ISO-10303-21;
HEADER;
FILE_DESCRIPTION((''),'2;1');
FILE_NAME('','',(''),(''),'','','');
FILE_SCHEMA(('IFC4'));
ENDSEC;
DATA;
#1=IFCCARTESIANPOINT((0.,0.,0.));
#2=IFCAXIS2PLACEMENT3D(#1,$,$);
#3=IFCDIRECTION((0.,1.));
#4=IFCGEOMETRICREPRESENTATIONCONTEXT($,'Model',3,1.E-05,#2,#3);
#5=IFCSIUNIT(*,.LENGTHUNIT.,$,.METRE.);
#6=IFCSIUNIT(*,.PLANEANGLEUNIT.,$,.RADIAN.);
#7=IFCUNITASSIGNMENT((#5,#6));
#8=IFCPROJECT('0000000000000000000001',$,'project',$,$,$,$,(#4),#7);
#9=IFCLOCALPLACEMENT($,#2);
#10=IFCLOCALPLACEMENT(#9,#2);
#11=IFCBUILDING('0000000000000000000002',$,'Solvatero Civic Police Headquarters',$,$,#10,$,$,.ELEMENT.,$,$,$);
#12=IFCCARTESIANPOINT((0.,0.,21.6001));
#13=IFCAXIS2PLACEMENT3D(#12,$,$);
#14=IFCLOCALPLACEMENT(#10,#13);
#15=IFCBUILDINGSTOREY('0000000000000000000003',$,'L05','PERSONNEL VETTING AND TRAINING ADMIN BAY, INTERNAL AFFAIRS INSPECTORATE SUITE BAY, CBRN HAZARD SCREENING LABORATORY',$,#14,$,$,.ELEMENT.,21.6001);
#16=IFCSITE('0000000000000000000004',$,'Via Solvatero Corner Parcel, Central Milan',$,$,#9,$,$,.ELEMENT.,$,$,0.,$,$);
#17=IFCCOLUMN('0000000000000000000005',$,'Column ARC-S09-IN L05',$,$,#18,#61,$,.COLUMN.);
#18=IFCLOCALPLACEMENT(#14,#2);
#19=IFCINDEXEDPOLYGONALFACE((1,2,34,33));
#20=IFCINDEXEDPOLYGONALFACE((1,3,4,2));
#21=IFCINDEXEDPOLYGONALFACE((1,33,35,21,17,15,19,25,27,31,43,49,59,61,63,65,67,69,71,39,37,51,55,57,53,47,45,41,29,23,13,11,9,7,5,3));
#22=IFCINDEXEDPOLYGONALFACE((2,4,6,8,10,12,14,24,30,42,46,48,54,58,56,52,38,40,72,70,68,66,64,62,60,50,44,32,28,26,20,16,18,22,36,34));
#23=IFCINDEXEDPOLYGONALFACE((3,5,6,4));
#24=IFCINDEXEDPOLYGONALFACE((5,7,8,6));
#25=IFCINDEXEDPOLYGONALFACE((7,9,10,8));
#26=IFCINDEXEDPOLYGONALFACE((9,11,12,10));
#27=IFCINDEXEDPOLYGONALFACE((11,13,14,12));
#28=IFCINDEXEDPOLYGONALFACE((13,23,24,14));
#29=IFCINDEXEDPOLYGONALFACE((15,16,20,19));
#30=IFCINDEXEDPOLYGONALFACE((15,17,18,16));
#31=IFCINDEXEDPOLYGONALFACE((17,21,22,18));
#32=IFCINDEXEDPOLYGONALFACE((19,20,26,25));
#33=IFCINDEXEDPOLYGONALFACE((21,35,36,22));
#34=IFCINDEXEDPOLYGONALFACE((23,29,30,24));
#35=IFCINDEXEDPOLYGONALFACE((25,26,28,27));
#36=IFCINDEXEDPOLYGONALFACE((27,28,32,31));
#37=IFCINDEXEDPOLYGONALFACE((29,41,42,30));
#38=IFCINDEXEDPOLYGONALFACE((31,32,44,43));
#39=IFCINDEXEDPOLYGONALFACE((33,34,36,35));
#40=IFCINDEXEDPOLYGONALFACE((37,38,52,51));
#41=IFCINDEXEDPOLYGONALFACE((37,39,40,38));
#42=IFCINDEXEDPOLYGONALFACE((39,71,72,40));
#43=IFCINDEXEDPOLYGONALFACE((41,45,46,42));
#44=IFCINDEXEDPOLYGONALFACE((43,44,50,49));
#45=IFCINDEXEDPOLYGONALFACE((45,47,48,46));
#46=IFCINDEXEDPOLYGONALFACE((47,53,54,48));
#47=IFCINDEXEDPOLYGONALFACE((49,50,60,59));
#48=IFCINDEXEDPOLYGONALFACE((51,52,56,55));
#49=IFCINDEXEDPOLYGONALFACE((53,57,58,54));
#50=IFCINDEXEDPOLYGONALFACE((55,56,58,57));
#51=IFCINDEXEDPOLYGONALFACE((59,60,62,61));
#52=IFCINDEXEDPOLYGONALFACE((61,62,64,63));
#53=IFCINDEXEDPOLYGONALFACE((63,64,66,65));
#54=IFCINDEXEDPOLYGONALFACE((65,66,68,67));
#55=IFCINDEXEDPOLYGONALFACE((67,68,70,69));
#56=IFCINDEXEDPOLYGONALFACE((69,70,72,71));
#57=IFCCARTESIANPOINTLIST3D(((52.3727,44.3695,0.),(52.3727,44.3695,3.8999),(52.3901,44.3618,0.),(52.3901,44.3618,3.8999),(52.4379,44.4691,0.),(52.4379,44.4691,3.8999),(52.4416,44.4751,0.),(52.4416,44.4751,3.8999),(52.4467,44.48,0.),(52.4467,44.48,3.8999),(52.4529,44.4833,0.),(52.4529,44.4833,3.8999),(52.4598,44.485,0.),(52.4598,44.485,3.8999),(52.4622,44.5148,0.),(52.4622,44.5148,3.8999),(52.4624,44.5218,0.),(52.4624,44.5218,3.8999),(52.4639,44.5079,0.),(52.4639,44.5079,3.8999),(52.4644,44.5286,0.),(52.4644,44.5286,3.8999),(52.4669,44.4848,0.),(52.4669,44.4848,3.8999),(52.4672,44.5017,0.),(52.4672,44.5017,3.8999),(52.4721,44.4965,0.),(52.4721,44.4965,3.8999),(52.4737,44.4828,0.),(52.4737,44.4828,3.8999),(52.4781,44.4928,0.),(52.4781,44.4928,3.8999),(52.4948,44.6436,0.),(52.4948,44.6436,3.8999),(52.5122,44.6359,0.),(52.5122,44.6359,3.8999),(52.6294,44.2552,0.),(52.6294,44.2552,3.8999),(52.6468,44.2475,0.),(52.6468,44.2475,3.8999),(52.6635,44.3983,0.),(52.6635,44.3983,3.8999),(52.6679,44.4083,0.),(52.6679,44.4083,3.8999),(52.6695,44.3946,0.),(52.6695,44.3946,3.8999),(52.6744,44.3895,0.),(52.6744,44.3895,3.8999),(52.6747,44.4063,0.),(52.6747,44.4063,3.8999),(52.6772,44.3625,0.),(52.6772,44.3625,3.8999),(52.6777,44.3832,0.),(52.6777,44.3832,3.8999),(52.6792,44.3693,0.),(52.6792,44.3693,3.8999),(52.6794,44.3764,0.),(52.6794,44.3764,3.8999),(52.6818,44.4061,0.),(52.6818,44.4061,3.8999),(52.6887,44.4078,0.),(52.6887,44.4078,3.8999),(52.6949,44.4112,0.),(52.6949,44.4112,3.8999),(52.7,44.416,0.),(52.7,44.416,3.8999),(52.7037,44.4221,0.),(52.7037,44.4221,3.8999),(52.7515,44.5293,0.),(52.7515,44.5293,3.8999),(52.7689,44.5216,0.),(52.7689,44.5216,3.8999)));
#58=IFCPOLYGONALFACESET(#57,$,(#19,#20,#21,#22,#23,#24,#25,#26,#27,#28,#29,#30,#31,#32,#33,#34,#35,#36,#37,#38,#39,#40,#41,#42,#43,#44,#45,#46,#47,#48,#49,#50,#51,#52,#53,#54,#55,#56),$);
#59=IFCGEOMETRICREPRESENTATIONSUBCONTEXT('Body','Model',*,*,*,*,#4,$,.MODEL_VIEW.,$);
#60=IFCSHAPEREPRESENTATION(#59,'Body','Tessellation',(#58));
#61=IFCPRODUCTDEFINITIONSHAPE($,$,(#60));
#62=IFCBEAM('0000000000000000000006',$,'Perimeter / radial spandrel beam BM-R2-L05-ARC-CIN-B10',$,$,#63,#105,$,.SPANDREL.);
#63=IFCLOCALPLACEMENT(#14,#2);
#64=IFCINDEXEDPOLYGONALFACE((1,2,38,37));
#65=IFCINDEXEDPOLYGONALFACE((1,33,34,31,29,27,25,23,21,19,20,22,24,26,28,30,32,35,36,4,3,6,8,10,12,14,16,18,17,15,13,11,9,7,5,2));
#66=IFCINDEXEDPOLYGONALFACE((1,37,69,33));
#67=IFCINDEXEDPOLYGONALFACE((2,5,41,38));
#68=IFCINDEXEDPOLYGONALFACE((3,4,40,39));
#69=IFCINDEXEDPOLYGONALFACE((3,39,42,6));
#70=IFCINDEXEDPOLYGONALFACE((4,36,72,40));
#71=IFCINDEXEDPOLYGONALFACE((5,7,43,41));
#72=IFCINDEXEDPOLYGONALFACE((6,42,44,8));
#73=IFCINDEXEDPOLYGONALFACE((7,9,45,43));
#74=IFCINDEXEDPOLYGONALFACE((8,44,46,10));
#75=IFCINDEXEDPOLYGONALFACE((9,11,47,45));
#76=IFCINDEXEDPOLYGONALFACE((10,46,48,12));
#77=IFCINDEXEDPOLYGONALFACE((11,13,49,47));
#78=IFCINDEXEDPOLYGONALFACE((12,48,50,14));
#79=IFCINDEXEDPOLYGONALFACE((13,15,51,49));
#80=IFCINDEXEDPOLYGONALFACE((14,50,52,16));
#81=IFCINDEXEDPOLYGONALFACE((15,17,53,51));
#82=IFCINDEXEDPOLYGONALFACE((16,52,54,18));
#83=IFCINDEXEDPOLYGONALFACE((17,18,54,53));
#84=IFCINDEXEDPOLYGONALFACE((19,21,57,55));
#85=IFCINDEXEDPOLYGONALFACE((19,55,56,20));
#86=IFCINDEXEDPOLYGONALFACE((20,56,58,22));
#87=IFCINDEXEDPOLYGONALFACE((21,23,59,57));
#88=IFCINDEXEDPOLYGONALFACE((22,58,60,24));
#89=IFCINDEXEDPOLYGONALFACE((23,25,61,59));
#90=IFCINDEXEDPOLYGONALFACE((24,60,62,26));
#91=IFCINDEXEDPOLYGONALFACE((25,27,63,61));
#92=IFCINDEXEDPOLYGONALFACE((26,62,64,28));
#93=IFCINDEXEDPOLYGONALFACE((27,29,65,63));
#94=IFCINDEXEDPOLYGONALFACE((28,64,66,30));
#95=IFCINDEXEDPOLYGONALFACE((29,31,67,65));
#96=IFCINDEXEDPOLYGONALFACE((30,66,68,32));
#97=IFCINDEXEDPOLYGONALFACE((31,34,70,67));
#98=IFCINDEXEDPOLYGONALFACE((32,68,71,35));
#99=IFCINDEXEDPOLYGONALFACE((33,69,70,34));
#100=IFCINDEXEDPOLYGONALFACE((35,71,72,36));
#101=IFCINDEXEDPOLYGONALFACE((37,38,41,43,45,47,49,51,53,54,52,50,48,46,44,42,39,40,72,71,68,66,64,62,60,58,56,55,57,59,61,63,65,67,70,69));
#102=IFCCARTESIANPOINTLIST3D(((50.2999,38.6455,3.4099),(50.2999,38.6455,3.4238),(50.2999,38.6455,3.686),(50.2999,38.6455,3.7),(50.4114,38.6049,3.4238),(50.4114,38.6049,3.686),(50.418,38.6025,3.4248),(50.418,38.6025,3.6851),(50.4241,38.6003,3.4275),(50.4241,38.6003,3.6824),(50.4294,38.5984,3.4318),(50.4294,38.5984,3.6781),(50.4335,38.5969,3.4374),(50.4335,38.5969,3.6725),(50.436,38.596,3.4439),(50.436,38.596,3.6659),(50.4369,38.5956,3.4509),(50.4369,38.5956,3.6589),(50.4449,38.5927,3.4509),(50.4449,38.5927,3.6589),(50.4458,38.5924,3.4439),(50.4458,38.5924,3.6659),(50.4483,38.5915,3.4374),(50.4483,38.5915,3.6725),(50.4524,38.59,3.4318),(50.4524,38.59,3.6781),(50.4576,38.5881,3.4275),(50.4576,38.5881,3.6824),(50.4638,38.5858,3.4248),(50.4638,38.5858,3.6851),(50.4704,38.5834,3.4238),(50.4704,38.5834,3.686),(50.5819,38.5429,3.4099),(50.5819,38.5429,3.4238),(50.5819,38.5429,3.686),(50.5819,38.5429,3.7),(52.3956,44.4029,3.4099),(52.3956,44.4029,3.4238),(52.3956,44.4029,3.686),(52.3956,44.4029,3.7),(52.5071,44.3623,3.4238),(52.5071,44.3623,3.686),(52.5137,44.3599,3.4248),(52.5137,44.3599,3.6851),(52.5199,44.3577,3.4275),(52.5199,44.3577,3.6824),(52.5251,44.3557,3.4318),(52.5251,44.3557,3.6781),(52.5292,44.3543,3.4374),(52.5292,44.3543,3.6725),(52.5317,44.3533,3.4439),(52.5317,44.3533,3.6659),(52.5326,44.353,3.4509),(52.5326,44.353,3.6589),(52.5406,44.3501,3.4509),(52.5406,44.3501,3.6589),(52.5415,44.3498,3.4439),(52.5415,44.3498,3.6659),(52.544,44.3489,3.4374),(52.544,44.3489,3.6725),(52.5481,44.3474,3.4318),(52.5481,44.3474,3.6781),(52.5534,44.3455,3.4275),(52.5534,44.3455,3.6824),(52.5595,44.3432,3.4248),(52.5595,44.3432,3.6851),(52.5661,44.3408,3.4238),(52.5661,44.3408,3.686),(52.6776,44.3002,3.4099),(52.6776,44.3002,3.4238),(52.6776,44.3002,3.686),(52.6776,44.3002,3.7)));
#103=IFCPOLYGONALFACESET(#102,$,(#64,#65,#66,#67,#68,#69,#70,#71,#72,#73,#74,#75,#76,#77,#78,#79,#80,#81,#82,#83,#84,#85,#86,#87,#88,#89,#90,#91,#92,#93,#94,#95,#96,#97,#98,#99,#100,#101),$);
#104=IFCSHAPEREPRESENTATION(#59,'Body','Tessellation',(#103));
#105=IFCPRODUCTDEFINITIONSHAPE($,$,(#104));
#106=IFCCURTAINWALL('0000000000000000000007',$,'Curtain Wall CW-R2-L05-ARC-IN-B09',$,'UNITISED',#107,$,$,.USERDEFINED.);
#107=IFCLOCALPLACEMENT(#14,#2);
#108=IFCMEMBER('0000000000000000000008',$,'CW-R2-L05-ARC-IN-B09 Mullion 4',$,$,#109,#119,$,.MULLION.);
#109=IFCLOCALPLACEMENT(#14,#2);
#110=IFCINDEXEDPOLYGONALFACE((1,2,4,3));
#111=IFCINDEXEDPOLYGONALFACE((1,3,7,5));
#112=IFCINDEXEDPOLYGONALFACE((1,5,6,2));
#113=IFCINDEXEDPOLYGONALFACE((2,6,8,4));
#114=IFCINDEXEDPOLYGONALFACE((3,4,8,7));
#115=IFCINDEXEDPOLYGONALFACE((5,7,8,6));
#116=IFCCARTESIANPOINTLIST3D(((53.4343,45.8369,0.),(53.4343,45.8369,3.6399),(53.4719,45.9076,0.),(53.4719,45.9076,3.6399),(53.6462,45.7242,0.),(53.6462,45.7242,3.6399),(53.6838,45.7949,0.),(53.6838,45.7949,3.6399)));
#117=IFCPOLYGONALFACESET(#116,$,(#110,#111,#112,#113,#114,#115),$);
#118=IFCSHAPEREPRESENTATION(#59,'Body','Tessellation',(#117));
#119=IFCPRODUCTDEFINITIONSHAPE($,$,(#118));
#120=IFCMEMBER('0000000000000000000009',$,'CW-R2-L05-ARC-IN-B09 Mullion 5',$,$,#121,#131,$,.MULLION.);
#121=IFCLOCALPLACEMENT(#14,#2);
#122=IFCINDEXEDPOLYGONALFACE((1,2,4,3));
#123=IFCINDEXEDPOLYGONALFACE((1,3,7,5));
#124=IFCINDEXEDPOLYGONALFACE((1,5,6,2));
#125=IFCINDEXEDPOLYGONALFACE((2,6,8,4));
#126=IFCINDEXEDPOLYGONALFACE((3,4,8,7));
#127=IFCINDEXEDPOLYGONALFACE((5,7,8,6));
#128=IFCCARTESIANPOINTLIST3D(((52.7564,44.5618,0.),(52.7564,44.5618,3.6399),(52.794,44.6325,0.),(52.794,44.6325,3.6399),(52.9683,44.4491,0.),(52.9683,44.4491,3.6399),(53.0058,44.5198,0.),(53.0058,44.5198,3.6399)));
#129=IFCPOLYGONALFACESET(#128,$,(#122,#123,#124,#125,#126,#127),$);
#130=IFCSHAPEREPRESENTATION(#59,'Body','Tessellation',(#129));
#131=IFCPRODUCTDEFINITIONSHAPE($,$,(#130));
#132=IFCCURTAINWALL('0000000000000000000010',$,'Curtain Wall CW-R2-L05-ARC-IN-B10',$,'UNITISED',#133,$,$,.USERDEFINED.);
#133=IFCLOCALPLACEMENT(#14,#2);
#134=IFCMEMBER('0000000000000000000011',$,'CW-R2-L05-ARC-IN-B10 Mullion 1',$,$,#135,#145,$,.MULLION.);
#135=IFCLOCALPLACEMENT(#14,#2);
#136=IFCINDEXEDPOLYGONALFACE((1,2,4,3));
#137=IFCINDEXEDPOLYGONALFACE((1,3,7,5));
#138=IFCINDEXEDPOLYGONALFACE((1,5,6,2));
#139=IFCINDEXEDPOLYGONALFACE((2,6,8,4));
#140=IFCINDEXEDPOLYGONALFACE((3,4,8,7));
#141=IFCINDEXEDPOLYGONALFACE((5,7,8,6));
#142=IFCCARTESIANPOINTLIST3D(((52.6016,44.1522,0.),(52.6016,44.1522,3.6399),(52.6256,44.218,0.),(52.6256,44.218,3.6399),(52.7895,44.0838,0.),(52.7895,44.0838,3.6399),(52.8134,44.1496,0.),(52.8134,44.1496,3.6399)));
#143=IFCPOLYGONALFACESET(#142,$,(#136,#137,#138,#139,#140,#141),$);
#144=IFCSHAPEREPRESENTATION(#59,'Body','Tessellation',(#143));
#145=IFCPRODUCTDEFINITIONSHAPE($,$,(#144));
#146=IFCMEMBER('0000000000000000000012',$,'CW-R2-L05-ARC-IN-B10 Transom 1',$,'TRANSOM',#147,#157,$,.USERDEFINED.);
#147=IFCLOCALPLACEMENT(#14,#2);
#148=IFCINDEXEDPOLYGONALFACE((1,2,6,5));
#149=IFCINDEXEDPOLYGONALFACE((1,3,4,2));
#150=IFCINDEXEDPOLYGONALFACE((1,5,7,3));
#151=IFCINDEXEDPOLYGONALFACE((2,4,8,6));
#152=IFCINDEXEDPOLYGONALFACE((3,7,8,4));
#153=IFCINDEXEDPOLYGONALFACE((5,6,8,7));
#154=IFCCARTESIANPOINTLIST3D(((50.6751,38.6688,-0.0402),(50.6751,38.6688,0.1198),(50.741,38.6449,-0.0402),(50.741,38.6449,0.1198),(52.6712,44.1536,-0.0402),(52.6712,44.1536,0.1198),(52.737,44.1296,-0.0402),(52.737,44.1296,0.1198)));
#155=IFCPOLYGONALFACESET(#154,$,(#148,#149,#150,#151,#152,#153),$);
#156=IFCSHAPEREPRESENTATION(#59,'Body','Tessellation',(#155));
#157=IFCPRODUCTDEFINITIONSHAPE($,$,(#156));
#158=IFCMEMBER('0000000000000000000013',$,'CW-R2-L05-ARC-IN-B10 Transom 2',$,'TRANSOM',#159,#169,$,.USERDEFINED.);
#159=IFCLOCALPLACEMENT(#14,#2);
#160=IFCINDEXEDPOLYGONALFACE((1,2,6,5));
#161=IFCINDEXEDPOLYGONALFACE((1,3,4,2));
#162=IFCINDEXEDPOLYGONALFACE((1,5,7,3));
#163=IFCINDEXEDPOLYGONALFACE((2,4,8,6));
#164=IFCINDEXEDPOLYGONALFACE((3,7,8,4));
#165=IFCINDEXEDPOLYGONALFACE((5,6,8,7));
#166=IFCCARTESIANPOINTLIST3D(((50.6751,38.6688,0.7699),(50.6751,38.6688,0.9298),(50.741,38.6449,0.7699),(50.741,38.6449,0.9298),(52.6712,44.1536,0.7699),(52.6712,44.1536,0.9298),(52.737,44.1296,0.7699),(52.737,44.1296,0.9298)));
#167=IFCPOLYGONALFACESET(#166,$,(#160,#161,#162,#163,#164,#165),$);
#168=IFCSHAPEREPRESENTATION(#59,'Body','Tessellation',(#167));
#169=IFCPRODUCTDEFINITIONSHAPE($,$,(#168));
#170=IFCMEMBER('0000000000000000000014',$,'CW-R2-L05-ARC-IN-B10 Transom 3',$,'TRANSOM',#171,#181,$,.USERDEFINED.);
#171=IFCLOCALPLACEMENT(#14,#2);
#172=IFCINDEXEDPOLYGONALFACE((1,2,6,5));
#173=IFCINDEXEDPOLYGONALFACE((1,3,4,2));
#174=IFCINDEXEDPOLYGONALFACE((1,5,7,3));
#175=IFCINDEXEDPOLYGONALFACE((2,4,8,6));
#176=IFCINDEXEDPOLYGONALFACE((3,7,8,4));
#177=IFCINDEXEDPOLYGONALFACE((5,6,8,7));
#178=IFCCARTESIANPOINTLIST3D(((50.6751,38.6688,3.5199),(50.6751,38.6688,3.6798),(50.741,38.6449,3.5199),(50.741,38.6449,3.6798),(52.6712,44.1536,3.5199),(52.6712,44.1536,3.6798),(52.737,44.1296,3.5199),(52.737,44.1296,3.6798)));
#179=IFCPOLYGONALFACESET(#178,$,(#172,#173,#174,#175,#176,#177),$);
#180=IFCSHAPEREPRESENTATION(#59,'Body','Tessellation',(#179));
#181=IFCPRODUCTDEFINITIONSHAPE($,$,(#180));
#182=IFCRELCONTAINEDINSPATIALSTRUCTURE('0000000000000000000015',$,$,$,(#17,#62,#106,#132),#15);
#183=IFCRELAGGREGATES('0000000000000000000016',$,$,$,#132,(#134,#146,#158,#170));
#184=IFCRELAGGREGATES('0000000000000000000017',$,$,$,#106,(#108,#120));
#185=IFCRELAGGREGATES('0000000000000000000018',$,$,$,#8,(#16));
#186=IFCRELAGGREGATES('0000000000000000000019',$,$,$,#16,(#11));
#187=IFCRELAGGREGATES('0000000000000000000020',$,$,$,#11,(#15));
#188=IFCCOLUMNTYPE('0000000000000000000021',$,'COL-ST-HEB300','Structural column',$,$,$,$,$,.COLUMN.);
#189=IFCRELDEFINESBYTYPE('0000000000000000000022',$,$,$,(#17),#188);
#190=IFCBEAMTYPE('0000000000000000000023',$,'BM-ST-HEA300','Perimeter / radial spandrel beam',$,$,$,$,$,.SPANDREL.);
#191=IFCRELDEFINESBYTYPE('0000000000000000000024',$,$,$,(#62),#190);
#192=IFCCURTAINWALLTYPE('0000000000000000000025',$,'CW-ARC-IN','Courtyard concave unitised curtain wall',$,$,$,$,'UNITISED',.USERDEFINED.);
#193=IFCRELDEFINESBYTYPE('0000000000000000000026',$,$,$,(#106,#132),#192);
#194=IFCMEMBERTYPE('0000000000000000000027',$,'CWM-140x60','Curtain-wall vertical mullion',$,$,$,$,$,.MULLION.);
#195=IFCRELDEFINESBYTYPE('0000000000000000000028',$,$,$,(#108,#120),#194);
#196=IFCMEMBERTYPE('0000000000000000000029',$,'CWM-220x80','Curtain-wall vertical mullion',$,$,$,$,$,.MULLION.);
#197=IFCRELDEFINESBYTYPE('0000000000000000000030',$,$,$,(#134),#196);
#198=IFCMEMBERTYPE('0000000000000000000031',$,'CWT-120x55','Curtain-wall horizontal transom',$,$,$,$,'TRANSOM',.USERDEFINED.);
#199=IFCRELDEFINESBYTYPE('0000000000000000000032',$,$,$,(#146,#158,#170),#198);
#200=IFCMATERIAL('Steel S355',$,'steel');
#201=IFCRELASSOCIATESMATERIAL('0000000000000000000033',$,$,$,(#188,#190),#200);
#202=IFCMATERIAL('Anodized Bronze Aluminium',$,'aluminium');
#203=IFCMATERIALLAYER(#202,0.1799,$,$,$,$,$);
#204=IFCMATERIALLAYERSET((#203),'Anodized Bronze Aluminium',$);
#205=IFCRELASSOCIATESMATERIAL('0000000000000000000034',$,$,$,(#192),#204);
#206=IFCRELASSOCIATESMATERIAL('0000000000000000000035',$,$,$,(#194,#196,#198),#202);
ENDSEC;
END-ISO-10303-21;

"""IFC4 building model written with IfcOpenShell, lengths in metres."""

from ifc_helpers import new_model, si_unit, direction, frame, origin, origin_2d, place, context, subcontext, project, spatial, rectangle, i_section, extrude, material, layer, layer_set, material_profile, profile_set, type_object, element, aggregate, save


model = new_model("IFC4")

# Units and contexts
model_context = context("Model", 3, precision=1e-05, world=origin(), true_north=direction((0.0, 1.0)))
body_context = subcontext(model_context, "Body", "Model", "MODEL_VIEW")
ifc_project = project(units=[si_unit("LENGTHUNIT", "METRE"), si_unit("PLANEANGLEUNIT", "RADIAN")], contexts=[model_context])

# Site, building, storey
site_placement = place(None, origin())
site = spatial("IfcSite", under=ifc_project, at=site_placement, Name="Via Solvatero Corner Parcel, Central Milan", CompositionType="ELEMENT", RefElevation=0.0)
building_placement = place(site_placement, origin())
building = spatial("IfcBuilding", under=site, at=building_placement, Name="Solvatero Civic Police Headquarters", CompositionType="ELEMENT")
storey_placement = place(building_placement, frame((0.0, 0.0, 21.6001)))
storey = spatial("IfcBuildingStorey", under=building, at=storey_placement, Name="L05", Description="PERSONNEL VETTING AND TRAINING ADMIN BAY, INTERNAL AFFAIRS INSPECTORATE SUITE BAY, CBRN HAZARD SCREENING LABORATORY", CompositionType="ELEMENT", Elevation=21.6001)

# Column
ifc_material_1 = material(Name="Steel S355", Category="steel")
ifc_material_profile_1 = material_profile(ifc_material_1, i_section(OverallWidth=0.3, OverallDepth=0.3, WebThickness=0.011, FlangeThickness=0.019, FilletRadius=0.0271, at=origin_2d()), Name="HEB 300")
ifc_profile_set_1 = profile_set([ifc_material_profile_1], Name="Steel S355")
column_type = type_object("IfcColumnType", Name="COL-ST-HEB300", Description="Structural column", PredefinedType="COLUMN", material=ifc_profile_set_1)
column_placement = place(storey_placement, frame((52.5708, 44.4456, 0.0), z_axis=(0.0, 0.0, 1.0), x_axis=(0.406737, 0.913545, 0.0)))
element("IfcColumn", 1, at=column_placement, inside=storey, type_object=column_type, Name="Column ARC-S09-IN L05", PredefinedType="COLUMN", context=body_context, shape_type="SweptSolid", body=[
    extrude(i_section(OverallWidth=0.3, OverallDepth=0.3, WebThickness=0.011, FlangeThickness=0.019, FilletRadius=0.0271, at=origin_2d()), origin(), (0.0, 0.0, 1.0), 3.8999),
])

# Beam
ifc_material_profile_2 = material_profile(ifc_material_1, i_section(OverallWidth=0.3, OverallDepth=0.29, WebThickness=0.0085, FlangeThickness=0.0139, FilletRadius=0.0271, at=origin_2d()), Name="HEA 300")
ifc_profile_set_2 = profile_set([ifc_material_profile_2], Name="Steel S355")
beam_type = type_object("IfcBeamType", Name="BM-ST-HEA300", Description="Perimeter / radial spandrel beam", PredefinedType="SPANDREL", material=ifc_profile_set_2)
beam_placement = place(storey_placement, frame((52.5366, 44.3516, 3.5549), z_axis=(-0.34205, -0.939682, 0.0), x_axis=(0.939682, -0.34205, 0.0)))
element("IfcBeam", 2, at=beam_placement, inside=storey, type_object=beam_type, Name="Perimeter / radial spandrel beam BM-R2-L05-ARC-CIN-B10", PredefinedType="SPANDREL", context=body_context, shape_type="SweptSolid", body=[
    extrude(i_section(OverallWidth=0.3, OverallDepth=0.29, WebThickness=0.0085, FlangeThickness=0.0139, FilletRadius=0.0271, at=origin_2d()), origin(), (0.0, 0.0, 1.0), 6.127),
])

# Curtain walls, members
ifc_material_2 = material(Name="Anodized Bronze Aluminium", Category="aluminium")
ifc_layer_1 = layer(ifc_material_2, 0.1799)
ifc_layer_set_1 = layer_set([ifc_layer_1], Name="Anodized Bronze Aluminium")
curtain_wall_type = type_object("IfcCurtainWallType", Name="CW-ARC-IN", Description="Courtyard concave unitised curtain wall", ElementType="UNITISED", PredefinedType="USERDEFINED", material=ifc_layer_set_1)
curtain_wall_1_placement = place(storey_placement, origin())
curtain_wall_1 = element("IfcCurtainWall", 3, at=curtain_wall_1_placement, inside=storey, type_object=curtain_wall_type, Name="Curtain Wall CW-R2-L05-ARC-IN-B09", ObjectType="UNITISED", PredefinedType="USERDEFINED")
ifc_material_profile_3 = material_profile(ifc_material_2, rectangle(XDim=0.0801, YDim=0.24, at=origin_2d()), Name="ALU MULLION 80x240")
ifc_profile_set_3 = profile_set([ifc_material_profile_3], Name="Anodized Bronze Aluminium")
member_type_1 = type_object("IfcMemberType", Name="CWM-140x60", Description="Curtain-wall vertical mullion", PredefinedType="MULLION", material=ifc_profile_set_3)
member_1_placement = place(storey_placement, frame((53.5591, 45.8159, 0.0), z_axis=(0.0, 0.0, 1.0), x_axis=(-0.469487, -0.882939, 0.0)))
member_1 = element("IfcMember", 4, at=member_1_placement, type_object=member_type_1, Name="CW-R2-L05-ARC-IN-B09 Mullion 4", PredefinedType="MULLION", context=body_context, shape_type="SweptSolid", body=[
    extrude(rectangle(XDim=0.0801, YDim=0.24, at=origin_2d()), origin(), (0.0, 0.0, 1.0), 3.6399),
])
member_2_placement = place(storey_placement, frame((52.8811, 44.5408, 0.0), z_axis=(0.0, 0.0, 1.0), x_axis=(-0.469487, -0.882939, 0.0)))
member_2 = element("IfcMember", 5, at=member_2_placement, type_object=member_type_1, Name="CW-R2-L05-ARC-IN-B09 Mullion 5", PredefinedType="MULLION", context=body_context, shape_type="SweptSolid", body=[
    extrude(rectangle(XDim=0.0801, YDim=0.24, at=origin_2d()), origin(), (0.0, 0.0, 1.0), 3.6399),
])
curtain_wall_2_placement = place(storey_placement, origin())
curtain_wall_2 = element("IfcCurtainWall", 6, at=curtain_wall_2_placement, inside=storey, type_object=curtain_wall_type, Name="Curtain Wall CW-R2-L05-ARC-IN-B10", ObjectType="UNITISED", PredefinedType="USERDEFINED")
ifc_material_profile_4 = material_profile(ifc_material_2, rectangle(XDim=0.0701, YDim=0.2, at=origin_2d()), Name="ALU MULLION 70x200")
ifc_profile_set_4 = profile_set([ifc_material_profile_4], Name="Anodized Bronze Aluminium")
member_type_2 = type_object("IfcMemberType", Name="CWM-220x80", Description="Curtain-wall vertical mullion", PredefinedType="MULLION", material=ifc_profile_set_4)
member_3_placement = place(storey_placement, frame((52.7075, 44.1509, 0.0), z_axis=(0.0, 0.0, 1.0), x_axis=(-0.34202, -0.939693, 0.0)))
member_3 = element("IfcMember", 7, at=member_3_placement, type_object=member_type_2, Name="CW-R2-L05-ARC-IN-B10 Mullion 1", PredefinedType="MULLION", context=body_context, shape_type="SweptSolid", body=[
    extrude(rectangle(XDim=0.0701, YDim=0.2, at=origin_2d()), origin(), (0.0, 0.0, 1.0), 3.6399),
])
ifc_material_profile_5 = material_profile(ifc_material_2, rectangle(XDim=0.0701, YDim=0.1599, at=origin_2d()), Name="ALU TRANSOM 70x160")
ifc_profile_set_5 = profile_set([ifc_material_profile_5], Name="Anodized Bronze Aluminium")
member_type_3 = type_object("IfcMemberType", Name="CWT-120x55", Description="Curtain-wall horizontal transom", ElementType="TRANSOM", PredefinedType="USERDEFINED", material=ifc_profile_set_5)
member_4_placement = place(storey_placement, frame((52.7041, 44.1416, 0.0398), z_axis=(-0.341985, -0.939705, 0.0), x_axis=(0.939705, -0.341985, 0.0)))
member_4 = element("IfcMember", 8, at=member_4_placement, type_object=member_type_3, Name="CW-R2-L05-ARC-IN-B10 Transom 1", ObjectType="TRANSOM", PredefinedType="USERDEFINED", context=body_context, shape_type="SweptSolid", body=[
    extrude(rectangle(XDim=0.0701, YDim=0.1599, at=origin_2d()), origin(), (0.0, 0.0, 1.0), 5.8367),
])
member_5_placement = place(storey_placement, frame((52.7041, 44.1416, 0.8499), z_axis=(-0.341985, -0.939705, 0.0), x_axis=(0.939705, -0.341985, 0.0)))
member_5 = element("IfcMember", 9, at=member_5_placement, type_object=member_type_3, Name="CW-R2-L05-ARC-IN-B10 Transom 2", ObjectType="TRANSOM", PredefinedType="USERDEFINED", context=body_context, shape_type="SweptSolid", body=[
    extrude(rectangle(XDim=0.0701, YDim=0.1599, at=origin_2d()), origin(), (0.0, 0.0, 1.0), 5.8367),
])
member_6_placement = place(storey_placement, frame((52.7041, 44.1416, 3.5999), z_axis=(-0.341985, -0.939705, 0.0), x_axis=(0.939705, -0.341985, 0.0)))
member_6 = element("IfcMember", 10, at=member_6_placement, type_object=member_type_3, Name="CW-R2-L05-ARC-IN-B10 Transom 3", ObjectType="TRANSOM", PredefinedType="USERDEFINED", context=body_context, shape_type="SweptSolid", body=[
    extrude(rectangle(XDim=0.0701, YDim=0.1599, at=origin_2d()), origin(), (0.0, 0.0, 1.0), 5.8367),
])
aggregate(curtain_wall_2, [member_3, member_4, member_5, member_6])

aggregate(curtain_wall_1, [member_1, member_2])

save(model, "model.ifc")
